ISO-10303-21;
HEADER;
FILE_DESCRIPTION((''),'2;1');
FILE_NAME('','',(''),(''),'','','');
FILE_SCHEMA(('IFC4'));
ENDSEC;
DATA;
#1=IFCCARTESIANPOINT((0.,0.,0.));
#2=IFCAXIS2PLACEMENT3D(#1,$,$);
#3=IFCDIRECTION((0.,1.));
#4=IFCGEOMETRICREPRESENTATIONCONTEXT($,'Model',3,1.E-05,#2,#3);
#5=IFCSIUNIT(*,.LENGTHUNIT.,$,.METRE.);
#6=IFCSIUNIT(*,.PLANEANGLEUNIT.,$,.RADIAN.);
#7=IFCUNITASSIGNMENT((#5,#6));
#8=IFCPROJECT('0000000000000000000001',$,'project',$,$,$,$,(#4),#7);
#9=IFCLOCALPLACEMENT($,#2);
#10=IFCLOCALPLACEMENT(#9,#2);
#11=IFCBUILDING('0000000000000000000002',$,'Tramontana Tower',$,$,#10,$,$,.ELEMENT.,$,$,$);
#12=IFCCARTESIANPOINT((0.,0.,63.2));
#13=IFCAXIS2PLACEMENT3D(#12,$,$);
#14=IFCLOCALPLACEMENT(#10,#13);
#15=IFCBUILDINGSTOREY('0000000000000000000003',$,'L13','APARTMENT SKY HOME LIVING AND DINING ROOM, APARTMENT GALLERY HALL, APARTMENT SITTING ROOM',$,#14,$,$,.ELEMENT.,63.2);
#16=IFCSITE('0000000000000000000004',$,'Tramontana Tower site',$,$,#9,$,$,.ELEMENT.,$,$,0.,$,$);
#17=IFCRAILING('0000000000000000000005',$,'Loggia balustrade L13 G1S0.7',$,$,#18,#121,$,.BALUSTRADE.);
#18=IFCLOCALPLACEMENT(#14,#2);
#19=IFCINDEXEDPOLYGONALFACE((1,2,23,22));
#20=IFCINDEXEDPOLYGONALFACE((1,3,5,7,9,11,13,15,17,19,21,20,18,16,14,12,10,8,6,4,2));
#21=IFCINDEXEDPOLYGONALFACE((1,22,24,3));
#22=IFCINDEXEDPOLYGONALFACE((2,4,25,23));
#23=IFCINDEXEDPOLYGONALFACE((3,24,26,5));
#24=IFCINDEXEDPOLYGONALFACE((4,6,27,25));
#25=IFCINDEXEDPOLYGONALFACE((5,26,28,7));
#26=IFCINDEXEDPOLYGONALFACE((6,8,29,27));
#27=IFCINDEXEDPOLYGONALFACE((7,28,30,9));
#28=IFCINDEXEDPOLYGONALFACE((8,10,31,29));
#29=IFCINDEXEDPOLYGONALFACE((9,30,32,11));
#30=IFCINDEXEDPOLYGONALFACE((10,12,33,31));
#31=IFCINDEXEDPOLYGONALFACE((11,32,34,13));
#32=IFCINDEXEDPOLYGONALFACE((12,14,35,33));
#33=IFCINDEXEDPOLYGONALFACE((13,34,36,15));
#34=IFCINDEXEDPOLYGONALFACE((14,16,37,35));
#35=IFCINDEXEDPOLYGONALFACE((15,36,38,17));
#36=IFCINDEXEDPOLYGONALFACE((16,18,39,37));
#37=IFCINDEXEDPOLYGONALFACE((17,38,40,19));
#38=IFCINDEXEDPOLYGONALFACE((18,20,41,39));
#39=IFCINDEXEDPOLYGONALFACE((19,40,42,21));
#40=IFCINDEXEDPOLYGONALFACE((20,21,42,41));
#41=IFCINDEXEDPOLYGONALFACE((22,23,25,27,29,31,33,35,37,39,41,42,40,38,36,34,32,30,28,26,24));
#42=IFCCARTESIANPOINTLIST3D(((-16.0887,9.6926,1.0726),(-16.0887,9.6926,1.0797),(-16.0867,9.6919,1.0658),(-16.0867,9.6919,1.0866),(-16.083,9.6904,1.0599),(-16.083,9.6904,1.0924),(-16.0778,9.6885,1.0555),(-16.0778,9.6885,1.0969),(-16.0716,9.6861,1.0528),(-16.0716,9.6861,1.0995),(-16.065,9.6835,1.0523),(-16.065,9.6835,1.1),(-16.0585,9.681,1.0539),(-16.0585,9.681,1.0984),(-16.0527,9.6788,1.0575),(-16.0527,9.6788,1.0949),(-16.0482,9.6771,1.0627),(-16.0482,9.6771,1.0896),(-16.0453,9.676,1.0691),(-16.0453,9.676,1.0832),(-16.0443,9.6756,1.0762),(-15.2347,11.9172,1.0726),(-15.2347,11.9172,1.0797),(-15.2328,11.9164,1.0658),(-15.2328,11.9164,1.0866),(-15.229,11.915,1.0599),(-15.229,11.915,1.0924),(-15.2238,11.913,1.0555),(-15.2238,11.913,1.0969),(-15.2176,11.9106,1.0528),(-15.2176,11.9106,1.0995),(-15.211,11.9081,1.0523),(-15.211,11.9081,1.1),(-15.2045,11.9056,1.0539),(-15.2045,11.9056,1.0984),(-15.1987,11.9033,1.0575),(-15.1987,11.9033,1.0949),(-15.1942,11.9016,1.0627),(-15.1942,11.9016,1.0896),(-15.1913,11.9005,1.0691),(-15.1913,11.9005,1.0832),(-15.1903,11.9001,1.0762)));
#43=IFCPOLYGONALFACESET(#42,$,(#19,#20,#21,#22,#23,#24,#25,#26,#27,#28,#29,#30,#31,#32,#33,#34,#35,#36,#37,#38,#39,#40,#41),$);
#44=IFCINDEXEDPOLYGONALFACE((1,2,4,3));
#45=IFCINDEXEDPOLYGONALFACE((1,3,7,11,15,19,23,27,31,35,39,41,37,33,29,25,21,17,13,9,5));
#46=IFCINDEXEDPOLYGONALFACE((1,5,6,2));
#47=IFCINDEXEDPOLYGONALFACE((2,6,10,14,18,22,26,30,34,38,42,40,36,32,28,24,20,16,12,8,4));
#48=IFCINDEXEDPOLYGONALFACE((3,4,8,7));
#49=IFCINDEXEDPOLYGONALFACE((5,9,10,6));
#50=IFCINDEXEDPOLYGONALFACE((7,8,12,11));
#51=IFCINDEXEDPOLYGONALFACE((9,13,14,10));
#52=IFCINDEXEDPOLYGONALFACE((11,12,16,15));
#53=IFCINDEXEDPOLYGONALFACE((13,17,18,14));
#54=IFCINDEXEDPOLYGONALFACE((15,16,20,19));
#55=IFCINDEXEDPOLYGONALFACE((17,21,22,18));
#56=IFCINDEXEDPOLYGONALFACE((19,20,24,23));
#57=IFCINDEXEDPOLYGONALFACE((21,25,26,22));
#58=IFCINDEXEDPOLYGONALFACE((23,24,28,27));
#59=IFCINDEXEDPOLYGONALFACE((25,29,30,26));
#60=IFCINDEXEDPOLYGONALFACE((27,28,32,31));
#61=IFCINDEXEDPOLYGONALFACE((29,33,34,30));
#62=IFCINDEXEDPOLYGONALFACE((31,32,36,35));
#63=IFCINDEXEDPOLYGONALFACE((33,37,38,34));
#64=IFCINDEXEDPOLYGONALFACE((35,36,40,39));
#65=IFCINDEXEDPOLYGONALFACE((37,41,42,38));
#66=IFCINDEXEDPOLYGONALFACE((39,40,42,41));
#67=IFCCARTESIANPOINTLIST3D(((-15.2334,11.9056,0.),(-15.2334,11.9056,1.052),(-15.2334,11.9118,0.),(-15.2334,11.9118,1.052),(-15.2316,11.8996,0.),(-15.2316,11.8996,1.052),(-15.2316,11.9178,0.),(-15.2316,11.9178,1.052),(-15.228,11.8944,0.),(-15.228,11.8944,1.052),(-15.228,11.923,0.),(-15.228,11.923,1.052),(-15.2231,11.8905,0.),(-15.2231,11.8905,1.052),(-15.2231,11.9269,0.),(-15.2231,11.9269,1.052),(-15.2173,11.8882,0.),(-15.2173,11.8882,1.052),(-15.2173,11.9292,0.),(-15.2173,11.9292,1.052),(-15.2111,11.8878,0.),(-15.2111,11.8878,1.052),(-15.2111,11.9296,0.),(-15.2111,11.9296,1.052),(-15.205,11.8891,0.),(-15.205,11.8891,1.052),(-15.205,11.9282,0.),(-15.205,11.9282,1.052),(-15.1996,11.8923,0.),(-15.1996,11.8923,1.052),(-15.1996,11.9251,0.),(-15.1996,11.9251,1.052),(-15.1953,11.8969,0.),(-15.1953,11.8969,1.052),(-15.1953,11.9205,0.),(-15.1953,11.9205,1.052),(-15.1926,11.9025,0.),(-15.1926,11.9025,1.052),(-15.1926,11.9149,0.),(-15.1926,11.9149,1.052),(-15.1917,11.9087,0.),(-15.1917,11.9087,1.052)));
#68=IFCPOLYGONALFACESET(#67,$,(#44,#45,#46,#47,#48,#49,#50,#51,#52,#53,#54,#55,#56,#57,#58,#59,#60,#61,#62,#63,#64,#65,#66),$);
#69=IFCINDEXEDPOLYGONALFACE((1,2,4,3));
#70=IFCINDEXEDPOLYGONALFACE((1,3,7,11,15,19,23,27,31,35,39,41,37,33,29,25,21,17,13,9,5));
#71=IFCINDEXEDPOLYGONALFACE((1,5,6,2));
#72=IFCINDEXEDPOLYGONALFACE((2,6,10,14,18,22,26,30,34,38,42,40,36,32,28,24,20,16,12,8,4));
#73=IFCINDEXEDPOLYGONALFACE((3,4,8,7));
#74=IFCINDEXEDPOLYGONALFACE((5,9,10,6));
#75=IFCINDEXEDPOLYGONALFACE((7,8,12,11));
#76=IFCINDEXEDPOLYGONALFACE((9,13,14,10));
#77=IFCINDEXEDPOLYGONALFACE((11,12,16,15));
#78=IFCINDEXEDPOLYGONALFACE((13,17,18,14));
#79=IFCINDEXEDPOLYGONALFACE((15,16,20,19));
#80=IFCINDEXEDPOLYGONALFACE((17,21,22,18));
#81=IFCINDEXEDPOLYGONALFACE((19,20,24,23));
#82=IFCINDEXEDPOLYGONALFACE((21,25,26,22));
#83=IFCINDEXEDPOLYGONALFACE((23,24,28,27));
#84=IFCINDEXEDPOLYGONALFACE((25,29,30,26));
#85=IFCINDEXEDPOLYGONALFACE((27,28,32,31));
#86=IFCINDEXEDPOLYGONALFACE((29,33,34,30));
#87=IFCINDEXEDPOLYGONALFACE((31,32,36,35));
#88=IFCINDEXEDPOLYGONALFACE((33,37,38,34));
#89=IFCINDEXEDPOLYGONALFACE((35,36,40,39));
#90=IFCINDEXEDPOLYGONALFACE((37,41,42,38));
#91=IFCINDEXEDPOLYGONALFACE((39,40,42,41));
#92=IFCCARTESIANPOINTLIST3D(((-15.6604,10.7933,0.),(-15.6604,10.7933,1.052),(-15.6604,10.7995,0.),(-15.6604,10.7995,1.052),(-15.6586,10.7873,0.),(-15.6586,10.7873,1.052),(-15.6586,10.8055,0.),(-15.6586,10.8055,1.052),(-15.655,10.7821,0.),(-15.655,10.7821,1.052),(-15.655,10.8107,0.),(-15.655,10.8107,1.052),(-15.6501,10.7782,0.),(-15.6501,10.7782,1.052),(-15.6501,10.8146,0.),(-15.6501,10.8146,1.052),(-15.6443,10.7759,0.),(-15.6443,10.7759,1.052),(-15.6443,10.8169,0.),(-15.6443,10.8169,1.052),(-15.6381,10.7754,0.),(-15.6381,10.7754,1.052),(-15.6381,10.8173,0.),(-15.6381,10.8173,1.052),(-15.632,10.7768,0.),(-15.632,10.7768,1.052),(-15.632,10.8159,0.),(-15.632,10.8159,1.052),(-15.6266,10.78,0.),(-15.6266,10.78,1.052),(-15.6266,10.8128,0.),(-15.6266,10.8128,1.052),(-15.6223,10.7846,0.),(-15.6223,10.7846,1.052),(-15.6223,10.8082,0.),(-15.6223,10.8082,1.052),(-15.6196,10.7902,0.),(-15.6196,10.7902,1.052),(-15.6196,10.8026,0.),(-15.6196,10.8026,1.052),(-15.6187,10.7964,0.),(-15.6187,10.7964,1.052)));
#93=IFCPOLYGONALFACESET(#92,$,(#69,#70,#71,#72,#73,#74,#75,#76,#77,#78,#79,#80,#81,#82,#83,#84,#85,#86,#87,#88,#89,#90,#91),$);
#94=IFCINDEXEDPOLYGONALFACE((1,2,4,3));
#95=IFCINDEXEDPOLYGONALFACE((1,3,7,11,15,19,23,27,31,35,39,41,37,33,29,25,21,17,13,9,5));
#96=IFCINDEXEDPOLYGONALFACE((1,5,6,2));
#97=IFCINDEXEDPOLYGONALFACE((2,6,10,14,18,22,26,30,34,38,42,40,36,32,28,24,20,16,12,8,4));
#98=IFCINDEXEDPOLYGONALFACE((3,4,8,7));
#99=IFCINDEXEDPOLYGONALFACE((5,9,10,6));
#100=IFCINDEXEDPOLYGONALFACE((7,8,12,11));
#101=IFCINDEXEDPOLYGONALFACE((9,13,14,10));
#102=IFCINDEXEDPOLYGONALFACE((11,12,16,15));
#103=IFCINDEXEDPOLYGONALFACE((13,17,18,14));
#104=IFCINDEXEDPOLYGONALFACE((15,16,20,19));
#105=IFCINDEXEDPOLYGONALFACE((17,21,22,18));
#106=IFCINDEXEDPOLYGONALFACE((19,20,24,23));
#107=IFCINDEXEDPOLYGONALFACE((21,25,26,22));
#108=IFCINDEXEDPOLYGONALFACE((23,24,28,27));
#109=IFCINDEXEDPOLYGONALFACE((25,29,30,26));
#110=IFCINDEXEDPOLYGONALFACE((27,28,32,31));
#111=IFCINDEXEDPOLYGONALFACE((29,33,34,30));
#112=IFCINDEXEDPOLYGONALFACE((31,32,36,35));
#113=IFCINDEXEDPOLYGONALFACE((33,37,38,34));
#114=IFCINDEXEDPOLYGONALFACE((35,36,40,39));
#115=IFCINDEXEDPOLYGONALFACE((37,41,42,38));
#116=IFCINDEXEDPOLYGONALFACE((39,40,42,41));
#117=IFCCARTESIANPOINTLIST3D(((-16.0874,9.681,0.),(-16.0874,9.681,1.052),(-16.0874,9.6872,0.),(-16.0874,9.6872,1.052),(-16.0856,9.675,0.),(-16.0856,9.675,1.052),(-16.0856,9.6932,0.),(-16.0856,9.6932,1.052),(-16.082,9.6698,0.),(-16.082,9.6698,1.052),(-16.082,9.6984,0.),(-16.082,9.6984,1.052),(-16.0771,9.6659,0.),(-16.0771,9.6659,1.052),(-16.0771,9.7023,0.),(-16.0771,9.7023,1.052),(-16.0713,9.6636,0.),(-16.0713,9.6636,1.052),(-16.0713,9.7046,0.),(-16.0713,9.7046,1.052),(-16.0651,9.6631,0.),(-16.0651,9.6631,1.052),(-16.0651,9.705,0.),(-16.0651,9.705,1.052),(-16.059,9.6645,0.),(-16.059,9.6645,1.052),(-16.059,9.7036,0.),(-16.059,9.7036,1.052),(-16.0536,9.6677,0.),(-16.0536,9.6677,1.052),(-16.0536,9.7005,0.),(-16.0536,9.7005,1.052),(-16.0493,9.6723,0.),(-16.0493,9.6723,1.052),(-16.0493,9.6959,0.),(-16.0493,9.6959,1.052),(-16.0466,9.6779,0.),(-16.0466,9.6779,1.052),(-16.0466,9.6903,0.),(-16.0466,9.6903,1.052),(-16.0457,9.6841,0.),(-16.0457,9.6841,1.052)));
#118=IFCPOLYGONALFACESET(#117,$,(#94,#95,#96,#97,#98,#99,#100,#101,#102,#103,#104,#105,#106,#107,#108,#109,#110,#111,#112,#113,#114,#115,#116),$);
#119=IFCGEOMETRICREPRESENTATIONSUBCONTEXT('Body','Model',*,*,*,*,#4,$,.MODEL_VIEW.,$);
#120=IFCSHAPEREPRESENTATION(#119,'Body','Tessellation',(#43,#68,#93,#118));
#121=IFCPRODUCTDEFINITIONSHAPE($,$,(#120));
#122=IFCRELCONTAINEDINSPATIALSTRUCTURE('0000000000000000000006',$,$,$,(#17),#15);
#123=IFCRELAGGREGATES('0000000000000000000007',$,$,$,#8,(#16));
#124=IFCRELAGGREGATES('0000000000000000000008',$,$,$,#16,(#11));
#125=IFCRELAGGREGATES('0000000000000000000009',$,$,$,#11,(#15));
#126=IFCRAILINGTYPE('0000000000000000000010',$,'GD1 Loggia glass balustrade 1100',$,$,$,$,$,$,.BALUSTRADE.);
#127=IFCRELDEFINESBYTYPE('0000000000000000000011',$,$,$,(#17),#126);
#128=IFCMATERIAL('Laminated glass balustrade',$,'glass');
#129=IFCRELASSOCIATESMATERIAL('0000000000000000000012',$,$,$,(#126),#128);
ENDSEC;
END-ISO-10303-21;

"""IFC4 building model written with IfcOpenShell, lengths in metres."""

from ifc_helpers import new_model, si_unit, direction, frame, origin, origin_2d, place, context, subcontext, project, spatial, circle, extrude, material, type_object, element, save


model = new_model("IFC4")

# Units and contexts
model_context = context("Model", 3, precision=1e-05, world=origin(), true_north=direction((0.0, 1.0)))
body_context = subcontext(model_context, "Body", "Model", "MODEL_VIEW")
ifc_project = project(units=[si_unit("LENGTHUNIT", "METRE"), si_unit("PLANEANGLEUNIT", "RADIAN")], contexts=[model_context])

# Site, building, storey
site_placement = place(None, origin())
site = spatial("IfcSite", under=ifc_project, at=site_placement, Name="Tramontana Tower site", CompositionType="ELEMENT", RefElevation=0.0)
building_placement = place(site_placement, origin())
building = spatial("IfcBuilding", under=site, at=building_placement, Name="Tramontana Tower", CompositionType="ELEMENT")
storey_placement = place(building_placement, frame((0.0, 0.0, 63.2)))
storey = spatial("IfcBuildingStorey", under=building, at=storey_placement, Name="L13", Description="APARTMENT SKY HOME LIVING AND DINING ROOM, APARTMENT GALLERY HALL, APARTMENT SITTING ROOM", CompositionType="ELEMENT", Elevation=63.2)

# Railing
ifc_material_1 = material(Name="Laminated glass balustrade", Category="glass")
railing_type = type_object("IfcRailingType", Name="GD1 Loggia glass balustrade 1100", PredefinedType="BALUSTRADE", material=ifc_material_1)
railing_placement = place(storey_placement, frame((-15.2126, 11.9087, 0.0)))
element("IfcRailing", 1, at=railing_placement, inside=storey, type_object=railing_type, Name="Loggia balustrade L13 G1S0.7", PredefinedType="BALUSTRADE", context=body_context, shape_type="SweptSolid", body=[
    extrude(circle(Radius=0.0239, at=origin_2d()), frame((0.0, 0.0, 1.0762), z_axis=(-0.358389, -0.933573, 0.0), x_axis=(0.933573, -0.358389, 0.0)), (0.0, 0.0, 1.0), 2.3828),
    extrude(circle(Radius=0.021, at=origin_2d()), origin(), (0.0, 0.0, 1.0), 1.052),
    extrude(circle(Radius=0.021, at=origin_2d()), frame((-0.427, -1.1123, 0.0)), (0.0, 0.0, 1.0), 1.052),
    extrude(circle(Radius=0.021, at=origin_2d()), frame((-0.854, -2.2246, 0.0)), (0.0, 0.0, 1.0), 1.052),
])

save(model, "model.ifc")
